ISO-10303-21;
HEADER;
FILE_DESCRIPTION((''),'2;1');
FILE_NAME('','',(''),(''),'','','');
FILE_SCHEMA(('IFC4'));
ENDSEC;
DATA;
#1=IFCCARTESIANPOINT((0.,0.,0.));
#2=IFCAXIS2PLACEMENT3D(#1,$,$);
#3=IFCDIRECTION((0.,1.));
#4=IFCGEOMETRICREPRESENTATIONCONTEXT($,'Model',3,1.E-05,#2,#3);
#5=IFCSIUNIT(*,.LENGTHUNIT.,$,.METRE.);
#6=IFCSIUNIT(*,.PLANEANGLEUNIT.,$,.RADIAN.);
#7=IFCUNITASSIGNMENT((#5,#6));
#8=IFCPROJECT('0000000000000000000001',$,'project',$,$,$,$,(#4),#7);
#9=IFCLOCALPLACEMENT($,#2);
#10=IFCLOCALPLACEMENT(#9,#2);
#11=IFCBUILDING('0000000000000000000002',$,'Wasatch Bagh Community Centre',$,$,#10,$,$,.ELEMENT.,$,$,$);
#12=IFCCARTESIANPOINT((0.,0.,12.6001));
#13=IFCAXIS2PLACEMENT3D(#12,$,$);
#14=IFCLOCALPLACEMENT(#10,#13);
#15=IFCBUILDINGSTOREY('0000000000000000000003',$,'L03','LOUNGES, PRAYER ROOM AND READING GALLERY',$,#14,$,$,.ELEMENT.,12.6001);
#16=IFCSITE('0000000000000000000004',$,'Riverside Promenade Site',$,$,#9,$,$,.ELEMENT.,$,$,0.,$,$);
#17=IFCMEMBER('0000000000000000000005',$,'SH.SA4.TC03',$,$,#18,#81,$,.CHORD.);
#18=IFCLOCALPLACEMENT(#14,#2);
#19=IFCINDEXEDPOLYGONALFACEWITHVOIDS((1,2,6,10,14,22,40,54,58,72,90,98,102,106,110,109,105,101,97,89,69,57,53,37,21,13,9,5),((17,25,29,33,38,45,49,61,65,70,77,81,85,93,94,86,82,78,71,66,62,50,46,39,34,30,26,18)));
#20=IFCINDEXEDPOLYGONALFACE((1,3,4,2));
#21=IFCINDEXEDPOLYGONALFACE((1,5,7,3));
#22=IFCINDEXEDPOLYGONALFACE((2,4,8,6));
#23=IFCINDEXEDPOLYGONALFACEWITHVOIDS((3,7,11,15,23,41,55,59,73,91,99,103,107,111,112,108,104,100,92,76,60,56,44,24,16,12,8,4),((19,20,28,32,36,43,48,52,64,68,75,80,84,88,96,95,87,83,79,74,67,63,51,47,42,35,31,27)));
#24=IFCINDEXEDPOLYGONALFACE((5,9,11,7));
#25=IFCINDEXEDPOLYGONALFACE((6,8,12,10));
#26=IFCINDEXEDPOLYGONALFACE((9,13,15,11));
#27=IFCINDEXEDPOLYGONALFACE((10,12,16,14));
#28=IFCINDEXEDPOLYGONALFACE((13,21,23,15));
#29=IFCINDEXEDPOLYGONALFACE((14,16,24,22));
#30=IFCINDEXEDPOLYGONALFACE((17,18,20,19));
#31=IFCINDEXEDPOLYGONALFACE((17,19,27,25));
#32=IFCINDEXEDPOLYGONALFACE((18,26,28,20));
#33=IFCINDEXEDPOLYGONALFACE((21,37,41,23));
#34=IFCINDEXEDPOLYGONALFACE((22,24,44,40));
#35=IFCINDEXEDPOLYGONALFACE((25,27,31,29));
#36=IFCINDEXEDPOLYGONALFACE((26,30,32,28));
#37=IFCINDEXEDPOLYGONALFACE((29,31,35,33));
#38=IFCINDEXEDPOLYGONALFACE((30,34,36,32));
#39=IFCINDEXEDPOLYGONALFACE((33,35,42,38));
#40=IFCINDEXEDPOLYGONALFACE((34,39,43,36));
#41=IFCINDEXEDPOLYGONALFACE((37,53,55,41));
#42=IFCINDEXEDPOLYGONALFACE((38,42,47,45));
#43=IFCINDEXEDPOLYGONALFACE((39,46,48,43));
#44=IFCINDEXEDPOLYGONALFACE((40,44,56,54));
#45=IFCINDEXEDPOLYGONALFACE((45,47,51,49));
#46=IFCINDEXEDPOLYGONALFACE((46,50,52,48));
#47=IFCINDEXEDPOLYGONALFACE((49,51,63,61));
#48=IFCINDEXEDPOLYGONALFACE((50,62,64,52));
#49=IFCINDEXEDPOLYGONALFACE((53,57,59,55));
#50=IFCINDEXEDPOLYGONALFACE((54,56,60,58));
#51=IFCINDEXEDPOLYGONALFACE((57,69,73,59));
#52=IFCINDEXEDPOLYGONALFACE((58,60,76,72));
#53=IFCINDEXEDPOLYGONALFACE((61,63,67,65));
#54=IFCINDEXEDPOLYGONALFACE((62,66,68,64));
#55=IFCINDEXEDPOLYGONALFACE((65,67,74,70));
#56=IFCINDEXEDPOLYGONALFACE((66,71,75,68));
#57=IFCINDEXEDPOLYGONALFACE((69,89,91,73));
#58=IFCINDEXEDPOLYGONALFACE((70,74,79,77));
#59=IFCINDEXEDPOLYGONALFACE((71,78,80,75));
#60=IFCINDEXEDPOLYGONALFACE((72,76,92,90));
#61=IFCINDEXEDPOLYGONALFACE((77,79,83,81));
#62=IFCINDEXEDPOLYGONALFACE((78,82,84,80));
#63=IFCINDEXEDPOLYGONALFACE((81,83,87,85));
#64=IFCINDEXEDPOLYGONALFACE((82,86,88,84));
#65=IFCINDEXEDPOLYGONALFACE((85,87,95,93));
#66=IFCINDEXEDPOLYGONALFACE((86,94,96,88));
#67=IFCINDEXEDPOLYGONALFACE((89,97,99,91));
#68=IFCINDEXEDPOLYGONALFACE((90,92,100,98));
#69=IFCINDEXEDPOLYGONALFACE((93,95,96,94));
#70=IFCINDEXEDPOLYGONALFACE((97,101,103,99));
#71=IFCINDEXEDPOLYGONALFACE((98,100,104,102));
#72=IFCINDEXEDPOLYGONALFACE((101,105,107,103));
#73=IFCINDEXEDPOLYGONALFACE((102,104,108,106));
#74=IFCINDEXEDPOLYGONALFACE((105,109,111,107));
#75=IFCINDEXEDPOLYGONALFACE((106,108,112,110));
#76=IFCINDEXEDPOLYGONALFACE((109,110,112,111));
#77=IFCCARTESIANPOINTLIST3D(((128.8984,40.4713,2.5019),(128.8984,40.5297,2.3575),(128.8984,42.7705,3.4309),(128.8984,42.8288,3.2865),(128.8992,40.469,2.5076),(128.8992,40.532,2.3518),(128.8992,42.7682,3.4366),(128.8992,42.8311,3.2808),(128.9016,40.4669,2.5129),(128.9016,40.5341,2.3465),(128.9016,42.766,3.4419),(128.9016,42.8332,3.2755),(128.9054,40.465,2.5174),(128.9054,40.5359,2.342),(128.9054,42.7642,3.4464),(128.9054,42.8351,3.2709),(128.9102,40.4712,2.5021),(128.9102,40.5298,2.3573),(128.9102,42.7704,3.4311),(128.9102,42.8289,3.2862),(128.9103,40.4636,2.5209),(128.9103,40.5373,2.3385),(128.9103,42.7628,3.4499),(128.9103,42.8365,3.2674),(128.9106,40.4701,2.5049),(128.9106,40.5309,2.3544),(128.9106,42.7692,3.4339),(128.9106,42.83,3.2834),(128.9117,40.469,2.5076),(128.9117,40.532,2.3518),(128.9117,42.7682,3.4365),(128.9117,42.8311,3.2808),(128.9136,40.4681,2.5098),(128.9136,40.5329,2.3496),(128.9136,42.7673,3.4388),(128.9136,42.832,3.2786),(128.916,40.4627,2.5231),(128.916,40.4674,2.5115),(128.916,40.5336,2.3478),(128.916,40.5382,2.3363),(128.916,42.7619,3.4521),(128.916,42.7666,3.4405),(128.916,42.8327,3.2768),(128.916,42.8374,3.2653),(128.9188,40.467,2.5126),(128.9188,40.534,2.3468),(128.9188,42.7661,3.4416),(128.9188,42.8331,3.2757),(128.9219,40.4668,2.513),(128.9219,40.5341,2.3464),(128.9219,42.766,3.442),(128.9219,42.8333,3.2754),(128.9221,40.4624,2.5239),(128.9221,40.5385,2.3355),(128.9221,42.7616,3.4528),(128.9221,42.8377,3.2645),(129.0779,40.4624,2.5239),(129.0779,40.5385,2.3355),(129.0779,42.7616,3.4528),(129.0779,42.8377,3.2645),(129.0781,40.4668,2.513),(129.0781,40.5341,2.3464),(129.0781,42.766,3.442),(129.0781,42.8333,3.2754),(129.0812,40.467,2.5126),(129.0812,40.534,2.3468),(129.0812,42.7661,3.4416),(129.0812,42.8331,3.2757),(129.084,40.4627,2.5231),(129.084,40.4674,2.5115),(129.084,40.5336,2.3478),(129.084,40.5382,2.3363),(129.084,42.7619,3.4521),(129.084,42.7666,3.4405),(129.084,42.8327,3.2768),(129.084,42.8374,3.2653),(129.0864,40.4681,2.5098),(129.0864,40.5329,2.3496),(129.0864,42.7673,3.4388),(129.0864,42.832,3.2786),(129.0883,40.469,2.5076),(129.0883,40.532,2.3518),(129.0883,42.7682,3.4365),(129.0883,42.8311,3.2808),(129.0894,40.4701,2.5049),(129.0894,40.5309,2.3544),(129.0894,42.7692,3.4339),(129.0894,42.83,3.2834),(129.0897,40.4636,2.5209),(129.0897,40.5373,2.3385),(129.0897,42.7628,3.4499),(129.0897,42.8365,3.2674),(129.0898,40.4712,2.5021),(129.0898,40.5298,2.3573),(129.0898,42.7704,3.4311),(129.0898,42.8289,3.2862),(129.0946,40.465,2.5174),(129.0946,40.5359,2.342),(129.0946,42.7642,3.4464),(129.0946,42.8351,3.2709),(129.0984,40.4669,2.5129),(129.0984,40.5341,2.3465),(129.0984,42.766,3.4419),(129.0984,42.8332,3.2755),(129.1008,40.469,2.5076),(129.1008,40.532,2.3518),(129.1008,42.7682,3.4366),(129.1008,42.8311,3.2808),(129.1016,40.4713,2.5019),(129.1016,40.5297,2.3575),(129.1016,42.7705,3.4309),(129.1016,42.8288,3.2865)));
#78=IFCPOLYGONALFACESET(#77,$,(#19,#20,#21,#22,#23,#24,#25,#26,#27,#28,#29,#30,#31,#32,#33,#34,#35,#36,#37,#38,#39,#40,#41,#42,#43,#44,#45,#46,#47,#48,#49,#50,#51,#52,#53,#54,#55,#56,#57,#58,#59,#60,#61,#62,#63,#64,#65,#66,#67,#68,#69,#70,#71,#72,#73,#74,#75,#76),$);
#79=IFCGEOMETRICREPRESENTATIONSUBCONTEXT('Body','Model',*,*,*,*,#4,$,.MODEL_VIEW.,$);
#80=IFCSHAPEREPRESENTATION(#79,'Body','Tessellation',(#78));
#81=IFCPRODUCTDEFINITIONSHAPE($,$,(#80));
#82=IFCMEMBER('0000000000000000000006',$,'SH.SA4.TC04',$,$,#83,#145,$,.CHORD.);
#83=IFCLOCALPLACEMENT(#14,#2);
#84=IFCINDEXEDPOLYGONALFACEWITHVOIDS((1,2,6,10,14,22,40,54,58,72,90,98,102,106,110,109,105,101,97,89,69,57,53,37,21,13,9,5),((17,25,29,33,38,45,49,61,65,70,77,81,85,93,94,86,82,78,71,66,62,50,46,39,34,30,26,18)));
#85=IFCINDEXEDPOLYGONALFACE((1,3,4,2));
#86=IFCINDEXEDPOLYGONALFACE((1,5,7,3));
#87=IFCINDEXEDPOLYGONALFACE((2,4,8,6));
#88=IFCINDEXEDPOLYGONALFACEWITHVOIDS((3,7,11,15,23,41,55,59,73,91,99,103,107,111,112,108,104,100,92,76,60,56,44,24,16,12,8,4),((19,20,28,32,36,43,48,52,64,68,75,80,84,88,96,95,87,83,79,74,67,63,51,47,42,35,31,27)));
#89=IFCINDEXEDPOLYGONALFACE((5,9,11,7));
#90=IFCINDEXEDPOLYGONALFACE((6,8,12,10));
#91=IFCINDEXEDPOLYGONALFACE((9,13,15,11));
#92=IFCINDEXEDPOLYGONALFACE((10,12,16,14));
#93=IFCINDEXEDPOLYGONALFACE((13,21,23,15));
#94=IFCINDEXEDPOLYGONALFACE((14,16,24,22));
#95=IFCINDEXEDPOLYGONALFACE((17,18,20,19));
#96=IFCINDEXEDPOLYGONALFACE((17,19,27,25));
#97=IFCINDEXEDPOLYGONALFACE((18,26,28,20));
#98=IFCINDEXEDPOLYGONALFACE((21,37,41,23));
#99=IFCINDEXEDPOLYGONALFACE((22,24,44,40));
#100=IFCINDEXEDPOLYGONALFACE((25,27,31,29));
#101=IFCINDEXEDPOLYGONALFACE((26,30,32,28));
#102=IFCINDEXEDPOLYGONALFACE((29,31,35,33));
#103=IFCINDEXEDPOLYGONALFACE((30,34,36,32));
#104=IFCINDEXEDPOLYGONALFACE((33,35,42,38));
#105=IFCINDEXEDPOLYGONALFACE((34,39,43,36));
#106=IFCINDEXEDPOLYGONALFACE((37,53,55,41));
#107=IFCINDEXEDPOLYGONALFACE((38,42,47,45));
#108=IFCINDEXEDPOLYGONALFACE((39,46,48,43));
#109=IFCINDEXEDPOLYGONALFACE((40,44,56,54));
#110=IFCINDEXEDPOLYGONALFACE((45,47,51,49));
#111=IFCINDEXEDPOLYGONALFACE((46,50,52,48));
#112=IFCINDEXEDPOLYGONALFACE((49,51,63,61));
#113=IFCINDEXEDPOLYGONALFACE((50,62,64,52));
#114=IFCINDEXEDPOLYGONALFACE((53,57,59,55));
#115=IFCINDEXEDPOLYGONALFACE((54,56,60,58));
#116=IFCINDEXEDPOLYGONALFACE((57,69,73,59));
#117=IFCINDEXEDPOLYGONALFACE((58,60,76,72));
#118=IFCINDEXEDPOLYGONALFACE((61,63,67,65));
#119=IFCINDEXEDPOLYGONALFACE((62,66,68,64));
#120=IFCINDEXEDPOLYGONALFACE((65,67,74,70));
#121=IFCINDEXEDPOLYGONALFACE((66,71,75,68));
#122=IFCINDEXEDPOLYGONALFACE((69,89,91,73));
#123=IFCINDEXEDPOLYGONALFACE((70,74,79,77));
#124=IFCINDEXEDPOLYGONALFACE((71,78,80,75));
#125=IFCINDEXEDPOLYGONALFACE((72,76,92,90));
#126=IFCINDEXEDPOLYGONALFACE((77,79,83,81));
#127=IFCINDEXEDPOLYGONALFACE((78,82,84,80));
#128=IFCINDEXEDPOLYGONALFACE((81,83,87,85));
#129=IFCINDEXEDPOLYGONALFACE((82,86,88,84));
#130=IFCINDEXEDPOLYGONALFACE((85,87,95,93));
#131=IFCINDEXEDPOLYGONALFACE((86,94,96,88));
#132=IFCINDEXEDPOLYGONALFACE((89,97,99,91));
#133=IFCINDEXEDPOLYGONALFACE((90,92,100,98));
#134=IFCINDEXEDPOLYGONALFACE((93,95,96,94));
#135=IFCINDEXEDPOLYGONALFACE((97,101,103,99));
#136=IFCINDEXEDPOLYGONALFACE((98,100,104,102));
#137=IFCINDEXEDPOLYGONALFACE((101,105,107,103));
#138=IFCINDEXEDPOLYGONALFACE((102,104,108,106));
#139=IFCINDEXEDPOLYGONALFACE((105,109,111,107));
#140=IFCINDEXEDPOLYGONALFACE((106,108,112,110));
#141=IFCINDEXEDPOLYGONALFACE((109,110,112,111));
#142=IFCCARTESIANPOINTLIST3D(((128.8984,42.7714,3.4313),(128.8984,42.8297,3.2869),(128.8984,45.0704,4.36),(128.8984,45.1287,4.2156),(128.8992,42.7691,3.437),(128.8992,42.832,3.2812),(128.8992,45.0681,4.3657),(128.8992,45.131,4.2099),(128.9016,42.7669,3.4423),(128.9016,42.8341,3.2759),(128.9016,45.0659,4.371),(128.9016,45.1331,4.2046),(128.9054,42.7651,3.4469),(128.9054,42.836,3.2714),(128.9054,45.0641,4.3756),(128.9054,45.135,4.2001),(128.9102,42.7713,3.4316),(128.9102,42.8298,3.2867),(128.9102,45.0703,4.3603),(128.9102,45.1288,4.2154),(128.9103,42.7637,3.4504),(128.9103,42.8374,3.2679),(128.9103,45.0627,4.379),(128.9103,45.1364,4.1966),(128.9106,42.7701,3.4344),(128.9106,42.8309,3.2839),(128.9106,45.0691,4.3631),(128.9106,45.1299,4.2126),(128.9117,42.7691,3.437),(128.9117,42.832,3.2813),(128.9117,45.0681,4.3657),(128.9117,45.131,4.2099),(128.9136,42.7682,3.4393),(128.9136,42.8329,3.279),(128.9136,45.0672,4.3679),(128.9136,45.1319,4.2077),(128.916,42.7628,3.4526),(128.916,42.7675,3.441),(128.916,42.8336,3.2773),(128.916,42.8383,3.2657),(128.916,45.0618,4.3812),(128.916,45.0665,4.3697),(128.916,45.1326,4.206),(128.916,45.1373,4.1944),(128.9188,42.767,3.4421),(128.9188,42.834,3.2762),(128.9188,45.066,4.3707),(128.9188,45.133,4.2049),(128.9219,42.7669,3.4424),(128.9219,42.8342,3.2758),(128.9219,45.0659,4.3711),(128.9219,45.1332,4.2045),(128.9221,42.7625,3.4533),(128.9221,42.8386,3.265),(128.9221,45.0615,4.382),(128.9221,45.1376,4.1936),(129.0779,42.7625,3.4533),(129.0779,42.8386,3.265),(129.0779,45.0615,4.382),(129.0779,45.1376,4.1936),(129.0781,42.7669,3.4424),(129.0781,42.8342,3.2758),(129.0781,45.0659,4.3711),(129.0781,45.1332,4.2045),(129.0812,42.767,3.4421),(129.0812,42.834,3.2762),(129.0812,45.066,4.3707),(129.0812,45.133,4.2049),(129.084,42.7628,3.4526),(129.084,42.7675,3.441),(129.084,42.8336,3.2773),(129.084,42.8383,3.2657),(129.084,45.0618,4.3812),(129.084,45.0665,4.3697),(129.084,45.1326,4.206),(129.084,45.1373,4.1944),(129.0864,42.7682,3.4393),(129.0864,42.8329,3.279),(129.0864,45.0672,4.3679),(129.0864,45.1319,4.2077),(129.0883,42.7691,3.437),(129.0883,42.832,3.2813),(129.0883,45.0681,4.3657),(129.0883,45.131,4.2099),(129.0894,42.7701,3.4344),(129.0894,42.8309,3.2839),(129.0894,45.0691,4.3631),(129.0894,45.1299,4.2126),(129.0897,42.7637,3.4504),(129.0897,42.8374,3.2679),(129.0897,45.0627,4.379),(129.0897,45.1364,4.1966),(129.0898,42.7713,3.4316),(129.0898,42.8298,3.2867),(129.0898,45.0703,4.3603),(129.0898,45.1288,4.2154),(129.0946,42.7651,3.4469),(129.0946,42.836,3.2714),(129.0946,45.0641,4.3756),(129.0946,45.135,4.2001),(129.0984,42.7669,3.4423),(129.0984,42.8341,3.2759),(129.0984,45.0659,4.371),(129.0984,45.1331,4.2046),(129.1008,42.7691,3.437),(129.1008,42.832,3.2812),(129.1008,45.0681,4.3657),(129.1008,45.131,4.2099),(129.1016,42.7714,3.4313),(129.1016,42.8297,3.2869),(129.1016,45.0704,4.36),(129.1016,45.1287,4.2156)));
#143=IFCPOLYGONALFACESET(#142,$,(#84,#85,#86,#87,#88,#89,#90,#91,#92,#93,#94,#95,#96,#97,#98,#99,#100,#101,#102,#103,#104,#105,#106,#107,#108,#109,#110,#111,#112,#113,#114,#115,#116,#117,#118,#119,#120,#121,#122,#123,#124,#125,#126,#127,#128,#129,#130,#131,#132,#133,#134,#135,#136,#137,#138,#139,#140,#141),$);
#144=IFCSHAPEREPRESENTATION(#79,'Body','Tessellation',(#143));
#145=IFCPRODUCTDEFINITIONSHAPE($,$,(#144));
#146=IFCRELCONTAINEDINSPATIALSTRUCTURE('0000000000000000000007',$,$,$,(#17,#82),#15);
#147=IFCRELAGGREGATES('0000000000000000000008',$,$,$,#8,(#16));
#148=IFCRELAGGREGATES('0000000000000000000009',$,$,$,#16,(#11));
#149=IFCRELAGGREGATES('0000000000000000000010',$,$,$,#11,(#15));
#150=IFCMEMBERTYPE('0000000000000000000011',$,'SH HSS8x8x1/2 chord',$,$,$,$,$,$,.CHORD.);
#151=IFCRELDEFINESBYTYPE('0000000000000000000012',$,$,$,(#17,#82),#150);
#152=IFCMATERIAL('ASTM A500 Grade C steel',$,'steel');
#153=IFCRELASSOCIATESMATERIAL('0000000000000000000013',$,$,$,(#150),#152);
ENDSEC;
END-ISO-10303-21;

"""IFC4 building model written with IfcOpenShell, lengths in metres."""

from ifc_helpers import new_model, si_unit, direction, frame, origin, origin_2d, place, context, subcontext, project, spatial, hollow_rectangle, extrude, material, material_profile, profile_set, type_object, element, save


model = new_model("IFC4")

# Units and contexts
model_context = context("Model", 3, precision=1e-05, world=origin(), true_north=direction((0.0, 1.0)))
body_context = subcontext(model_context, "Body", "Model", "MODEL_VIEW")
ifc_project = project(units=[si_unit("LENGTHUNIT", "METRE"), si_unit("PLANEANGLEUNIT", "RADIAN")], contexts=[model_context])

# Site, building, storey
site_placement = place(None, origin())
site = spatial("IfcSite", under=ifc_project, at=site_placement, Name="Riverside Promenade Site", CompositionType="ELEMENT", RefElevation=0.0)
building_placement = place(site_placement, origin())
building = spatial("IfcBuilding", under=site, at=building_placement, Name="Wasatch Bagh Community Centre", CompositionType="ELEMENT")
storey_placement = place(building_placement, frame((0.0, 0.0, 12.6001)))
storey = spatial("IfcBuildingStorey", under=building, at=storey_placement, Name="L03", Description="LOUNGES, PRAYER ROOM AND READING GALLERY", CompositionType="ELEMENT", Elevation=12.6001)

# Members
ifc_material_1 = material(Name="ASTM A500 Grade C steel", Category="steel")
ifc_material_profile_1 = material_profile(ifc_material_1, hollow_rectangle(XDim=0.2031, YDim=0.2031, WallThickness=0.0117, InnerFilletRadius=0.0117, OuterFilletRadius=0.0237, at=origin_2d()), Name="HSS8x8x1/2")
ifc_profile_set_1 = profile_set([ifc_material_profile_1], Name="ASTM A500 Grade C steel")
member_type_1 = type_object("IfcMemberType", Name="SH HSS8x8x1/2 chord", PredefinedType="CHORD", material=ifc_profile_set_1)
member_1_placement = place(storey_placement, frame((129.0, 40.5005, 2.4297), z_axis=(0.0, 0.927174, 0.374631), x_axis=(-1.0, 0.0, 0.0)))
element("IfcMember", 1, at=member_1_placement, inside=storey, type_object=member_type_1, Name="SH.SA4.TC03", PredefinedType="CHORD", context=body_context, shape_type="SweptSolid", body=[
    extrude(hollow_rectangle(XDim=0.2031, YDim=0.2031, WallThickness=0.0117, InnerFilletRadius=0.0117, OuterFilletRadius=0.0237, at=origin_2d()), origin(), (0.0, 0.0, 1.0), 2.4797),
])
member_2_placement = place(storey_placement, frame((129.0, 42.8005, 3.3591), z_axis=(0.0, 0.927208, 0.374546), x_axis=(-1.0, 0.0, 0.0)))
element("IfcMember", 2, at=member_2_placement, inside=storey, type_object=member_type_1, Name="SH.SA4.TC04", PredefinedType="CHORD", context=body_context, shape_type="SweptSolid", body=[
    extrude(hollow_rectangle(XDim=0.2031, YDim=0.2031, WallThickness=0.0117, InnerFilletRadius=0.0117, OuterFilletRadius=0.0237, at=origin_2d()), origin(), (0.0, 0.0, 1.0), 2.4795),
])

save(model, "model.ifc")
